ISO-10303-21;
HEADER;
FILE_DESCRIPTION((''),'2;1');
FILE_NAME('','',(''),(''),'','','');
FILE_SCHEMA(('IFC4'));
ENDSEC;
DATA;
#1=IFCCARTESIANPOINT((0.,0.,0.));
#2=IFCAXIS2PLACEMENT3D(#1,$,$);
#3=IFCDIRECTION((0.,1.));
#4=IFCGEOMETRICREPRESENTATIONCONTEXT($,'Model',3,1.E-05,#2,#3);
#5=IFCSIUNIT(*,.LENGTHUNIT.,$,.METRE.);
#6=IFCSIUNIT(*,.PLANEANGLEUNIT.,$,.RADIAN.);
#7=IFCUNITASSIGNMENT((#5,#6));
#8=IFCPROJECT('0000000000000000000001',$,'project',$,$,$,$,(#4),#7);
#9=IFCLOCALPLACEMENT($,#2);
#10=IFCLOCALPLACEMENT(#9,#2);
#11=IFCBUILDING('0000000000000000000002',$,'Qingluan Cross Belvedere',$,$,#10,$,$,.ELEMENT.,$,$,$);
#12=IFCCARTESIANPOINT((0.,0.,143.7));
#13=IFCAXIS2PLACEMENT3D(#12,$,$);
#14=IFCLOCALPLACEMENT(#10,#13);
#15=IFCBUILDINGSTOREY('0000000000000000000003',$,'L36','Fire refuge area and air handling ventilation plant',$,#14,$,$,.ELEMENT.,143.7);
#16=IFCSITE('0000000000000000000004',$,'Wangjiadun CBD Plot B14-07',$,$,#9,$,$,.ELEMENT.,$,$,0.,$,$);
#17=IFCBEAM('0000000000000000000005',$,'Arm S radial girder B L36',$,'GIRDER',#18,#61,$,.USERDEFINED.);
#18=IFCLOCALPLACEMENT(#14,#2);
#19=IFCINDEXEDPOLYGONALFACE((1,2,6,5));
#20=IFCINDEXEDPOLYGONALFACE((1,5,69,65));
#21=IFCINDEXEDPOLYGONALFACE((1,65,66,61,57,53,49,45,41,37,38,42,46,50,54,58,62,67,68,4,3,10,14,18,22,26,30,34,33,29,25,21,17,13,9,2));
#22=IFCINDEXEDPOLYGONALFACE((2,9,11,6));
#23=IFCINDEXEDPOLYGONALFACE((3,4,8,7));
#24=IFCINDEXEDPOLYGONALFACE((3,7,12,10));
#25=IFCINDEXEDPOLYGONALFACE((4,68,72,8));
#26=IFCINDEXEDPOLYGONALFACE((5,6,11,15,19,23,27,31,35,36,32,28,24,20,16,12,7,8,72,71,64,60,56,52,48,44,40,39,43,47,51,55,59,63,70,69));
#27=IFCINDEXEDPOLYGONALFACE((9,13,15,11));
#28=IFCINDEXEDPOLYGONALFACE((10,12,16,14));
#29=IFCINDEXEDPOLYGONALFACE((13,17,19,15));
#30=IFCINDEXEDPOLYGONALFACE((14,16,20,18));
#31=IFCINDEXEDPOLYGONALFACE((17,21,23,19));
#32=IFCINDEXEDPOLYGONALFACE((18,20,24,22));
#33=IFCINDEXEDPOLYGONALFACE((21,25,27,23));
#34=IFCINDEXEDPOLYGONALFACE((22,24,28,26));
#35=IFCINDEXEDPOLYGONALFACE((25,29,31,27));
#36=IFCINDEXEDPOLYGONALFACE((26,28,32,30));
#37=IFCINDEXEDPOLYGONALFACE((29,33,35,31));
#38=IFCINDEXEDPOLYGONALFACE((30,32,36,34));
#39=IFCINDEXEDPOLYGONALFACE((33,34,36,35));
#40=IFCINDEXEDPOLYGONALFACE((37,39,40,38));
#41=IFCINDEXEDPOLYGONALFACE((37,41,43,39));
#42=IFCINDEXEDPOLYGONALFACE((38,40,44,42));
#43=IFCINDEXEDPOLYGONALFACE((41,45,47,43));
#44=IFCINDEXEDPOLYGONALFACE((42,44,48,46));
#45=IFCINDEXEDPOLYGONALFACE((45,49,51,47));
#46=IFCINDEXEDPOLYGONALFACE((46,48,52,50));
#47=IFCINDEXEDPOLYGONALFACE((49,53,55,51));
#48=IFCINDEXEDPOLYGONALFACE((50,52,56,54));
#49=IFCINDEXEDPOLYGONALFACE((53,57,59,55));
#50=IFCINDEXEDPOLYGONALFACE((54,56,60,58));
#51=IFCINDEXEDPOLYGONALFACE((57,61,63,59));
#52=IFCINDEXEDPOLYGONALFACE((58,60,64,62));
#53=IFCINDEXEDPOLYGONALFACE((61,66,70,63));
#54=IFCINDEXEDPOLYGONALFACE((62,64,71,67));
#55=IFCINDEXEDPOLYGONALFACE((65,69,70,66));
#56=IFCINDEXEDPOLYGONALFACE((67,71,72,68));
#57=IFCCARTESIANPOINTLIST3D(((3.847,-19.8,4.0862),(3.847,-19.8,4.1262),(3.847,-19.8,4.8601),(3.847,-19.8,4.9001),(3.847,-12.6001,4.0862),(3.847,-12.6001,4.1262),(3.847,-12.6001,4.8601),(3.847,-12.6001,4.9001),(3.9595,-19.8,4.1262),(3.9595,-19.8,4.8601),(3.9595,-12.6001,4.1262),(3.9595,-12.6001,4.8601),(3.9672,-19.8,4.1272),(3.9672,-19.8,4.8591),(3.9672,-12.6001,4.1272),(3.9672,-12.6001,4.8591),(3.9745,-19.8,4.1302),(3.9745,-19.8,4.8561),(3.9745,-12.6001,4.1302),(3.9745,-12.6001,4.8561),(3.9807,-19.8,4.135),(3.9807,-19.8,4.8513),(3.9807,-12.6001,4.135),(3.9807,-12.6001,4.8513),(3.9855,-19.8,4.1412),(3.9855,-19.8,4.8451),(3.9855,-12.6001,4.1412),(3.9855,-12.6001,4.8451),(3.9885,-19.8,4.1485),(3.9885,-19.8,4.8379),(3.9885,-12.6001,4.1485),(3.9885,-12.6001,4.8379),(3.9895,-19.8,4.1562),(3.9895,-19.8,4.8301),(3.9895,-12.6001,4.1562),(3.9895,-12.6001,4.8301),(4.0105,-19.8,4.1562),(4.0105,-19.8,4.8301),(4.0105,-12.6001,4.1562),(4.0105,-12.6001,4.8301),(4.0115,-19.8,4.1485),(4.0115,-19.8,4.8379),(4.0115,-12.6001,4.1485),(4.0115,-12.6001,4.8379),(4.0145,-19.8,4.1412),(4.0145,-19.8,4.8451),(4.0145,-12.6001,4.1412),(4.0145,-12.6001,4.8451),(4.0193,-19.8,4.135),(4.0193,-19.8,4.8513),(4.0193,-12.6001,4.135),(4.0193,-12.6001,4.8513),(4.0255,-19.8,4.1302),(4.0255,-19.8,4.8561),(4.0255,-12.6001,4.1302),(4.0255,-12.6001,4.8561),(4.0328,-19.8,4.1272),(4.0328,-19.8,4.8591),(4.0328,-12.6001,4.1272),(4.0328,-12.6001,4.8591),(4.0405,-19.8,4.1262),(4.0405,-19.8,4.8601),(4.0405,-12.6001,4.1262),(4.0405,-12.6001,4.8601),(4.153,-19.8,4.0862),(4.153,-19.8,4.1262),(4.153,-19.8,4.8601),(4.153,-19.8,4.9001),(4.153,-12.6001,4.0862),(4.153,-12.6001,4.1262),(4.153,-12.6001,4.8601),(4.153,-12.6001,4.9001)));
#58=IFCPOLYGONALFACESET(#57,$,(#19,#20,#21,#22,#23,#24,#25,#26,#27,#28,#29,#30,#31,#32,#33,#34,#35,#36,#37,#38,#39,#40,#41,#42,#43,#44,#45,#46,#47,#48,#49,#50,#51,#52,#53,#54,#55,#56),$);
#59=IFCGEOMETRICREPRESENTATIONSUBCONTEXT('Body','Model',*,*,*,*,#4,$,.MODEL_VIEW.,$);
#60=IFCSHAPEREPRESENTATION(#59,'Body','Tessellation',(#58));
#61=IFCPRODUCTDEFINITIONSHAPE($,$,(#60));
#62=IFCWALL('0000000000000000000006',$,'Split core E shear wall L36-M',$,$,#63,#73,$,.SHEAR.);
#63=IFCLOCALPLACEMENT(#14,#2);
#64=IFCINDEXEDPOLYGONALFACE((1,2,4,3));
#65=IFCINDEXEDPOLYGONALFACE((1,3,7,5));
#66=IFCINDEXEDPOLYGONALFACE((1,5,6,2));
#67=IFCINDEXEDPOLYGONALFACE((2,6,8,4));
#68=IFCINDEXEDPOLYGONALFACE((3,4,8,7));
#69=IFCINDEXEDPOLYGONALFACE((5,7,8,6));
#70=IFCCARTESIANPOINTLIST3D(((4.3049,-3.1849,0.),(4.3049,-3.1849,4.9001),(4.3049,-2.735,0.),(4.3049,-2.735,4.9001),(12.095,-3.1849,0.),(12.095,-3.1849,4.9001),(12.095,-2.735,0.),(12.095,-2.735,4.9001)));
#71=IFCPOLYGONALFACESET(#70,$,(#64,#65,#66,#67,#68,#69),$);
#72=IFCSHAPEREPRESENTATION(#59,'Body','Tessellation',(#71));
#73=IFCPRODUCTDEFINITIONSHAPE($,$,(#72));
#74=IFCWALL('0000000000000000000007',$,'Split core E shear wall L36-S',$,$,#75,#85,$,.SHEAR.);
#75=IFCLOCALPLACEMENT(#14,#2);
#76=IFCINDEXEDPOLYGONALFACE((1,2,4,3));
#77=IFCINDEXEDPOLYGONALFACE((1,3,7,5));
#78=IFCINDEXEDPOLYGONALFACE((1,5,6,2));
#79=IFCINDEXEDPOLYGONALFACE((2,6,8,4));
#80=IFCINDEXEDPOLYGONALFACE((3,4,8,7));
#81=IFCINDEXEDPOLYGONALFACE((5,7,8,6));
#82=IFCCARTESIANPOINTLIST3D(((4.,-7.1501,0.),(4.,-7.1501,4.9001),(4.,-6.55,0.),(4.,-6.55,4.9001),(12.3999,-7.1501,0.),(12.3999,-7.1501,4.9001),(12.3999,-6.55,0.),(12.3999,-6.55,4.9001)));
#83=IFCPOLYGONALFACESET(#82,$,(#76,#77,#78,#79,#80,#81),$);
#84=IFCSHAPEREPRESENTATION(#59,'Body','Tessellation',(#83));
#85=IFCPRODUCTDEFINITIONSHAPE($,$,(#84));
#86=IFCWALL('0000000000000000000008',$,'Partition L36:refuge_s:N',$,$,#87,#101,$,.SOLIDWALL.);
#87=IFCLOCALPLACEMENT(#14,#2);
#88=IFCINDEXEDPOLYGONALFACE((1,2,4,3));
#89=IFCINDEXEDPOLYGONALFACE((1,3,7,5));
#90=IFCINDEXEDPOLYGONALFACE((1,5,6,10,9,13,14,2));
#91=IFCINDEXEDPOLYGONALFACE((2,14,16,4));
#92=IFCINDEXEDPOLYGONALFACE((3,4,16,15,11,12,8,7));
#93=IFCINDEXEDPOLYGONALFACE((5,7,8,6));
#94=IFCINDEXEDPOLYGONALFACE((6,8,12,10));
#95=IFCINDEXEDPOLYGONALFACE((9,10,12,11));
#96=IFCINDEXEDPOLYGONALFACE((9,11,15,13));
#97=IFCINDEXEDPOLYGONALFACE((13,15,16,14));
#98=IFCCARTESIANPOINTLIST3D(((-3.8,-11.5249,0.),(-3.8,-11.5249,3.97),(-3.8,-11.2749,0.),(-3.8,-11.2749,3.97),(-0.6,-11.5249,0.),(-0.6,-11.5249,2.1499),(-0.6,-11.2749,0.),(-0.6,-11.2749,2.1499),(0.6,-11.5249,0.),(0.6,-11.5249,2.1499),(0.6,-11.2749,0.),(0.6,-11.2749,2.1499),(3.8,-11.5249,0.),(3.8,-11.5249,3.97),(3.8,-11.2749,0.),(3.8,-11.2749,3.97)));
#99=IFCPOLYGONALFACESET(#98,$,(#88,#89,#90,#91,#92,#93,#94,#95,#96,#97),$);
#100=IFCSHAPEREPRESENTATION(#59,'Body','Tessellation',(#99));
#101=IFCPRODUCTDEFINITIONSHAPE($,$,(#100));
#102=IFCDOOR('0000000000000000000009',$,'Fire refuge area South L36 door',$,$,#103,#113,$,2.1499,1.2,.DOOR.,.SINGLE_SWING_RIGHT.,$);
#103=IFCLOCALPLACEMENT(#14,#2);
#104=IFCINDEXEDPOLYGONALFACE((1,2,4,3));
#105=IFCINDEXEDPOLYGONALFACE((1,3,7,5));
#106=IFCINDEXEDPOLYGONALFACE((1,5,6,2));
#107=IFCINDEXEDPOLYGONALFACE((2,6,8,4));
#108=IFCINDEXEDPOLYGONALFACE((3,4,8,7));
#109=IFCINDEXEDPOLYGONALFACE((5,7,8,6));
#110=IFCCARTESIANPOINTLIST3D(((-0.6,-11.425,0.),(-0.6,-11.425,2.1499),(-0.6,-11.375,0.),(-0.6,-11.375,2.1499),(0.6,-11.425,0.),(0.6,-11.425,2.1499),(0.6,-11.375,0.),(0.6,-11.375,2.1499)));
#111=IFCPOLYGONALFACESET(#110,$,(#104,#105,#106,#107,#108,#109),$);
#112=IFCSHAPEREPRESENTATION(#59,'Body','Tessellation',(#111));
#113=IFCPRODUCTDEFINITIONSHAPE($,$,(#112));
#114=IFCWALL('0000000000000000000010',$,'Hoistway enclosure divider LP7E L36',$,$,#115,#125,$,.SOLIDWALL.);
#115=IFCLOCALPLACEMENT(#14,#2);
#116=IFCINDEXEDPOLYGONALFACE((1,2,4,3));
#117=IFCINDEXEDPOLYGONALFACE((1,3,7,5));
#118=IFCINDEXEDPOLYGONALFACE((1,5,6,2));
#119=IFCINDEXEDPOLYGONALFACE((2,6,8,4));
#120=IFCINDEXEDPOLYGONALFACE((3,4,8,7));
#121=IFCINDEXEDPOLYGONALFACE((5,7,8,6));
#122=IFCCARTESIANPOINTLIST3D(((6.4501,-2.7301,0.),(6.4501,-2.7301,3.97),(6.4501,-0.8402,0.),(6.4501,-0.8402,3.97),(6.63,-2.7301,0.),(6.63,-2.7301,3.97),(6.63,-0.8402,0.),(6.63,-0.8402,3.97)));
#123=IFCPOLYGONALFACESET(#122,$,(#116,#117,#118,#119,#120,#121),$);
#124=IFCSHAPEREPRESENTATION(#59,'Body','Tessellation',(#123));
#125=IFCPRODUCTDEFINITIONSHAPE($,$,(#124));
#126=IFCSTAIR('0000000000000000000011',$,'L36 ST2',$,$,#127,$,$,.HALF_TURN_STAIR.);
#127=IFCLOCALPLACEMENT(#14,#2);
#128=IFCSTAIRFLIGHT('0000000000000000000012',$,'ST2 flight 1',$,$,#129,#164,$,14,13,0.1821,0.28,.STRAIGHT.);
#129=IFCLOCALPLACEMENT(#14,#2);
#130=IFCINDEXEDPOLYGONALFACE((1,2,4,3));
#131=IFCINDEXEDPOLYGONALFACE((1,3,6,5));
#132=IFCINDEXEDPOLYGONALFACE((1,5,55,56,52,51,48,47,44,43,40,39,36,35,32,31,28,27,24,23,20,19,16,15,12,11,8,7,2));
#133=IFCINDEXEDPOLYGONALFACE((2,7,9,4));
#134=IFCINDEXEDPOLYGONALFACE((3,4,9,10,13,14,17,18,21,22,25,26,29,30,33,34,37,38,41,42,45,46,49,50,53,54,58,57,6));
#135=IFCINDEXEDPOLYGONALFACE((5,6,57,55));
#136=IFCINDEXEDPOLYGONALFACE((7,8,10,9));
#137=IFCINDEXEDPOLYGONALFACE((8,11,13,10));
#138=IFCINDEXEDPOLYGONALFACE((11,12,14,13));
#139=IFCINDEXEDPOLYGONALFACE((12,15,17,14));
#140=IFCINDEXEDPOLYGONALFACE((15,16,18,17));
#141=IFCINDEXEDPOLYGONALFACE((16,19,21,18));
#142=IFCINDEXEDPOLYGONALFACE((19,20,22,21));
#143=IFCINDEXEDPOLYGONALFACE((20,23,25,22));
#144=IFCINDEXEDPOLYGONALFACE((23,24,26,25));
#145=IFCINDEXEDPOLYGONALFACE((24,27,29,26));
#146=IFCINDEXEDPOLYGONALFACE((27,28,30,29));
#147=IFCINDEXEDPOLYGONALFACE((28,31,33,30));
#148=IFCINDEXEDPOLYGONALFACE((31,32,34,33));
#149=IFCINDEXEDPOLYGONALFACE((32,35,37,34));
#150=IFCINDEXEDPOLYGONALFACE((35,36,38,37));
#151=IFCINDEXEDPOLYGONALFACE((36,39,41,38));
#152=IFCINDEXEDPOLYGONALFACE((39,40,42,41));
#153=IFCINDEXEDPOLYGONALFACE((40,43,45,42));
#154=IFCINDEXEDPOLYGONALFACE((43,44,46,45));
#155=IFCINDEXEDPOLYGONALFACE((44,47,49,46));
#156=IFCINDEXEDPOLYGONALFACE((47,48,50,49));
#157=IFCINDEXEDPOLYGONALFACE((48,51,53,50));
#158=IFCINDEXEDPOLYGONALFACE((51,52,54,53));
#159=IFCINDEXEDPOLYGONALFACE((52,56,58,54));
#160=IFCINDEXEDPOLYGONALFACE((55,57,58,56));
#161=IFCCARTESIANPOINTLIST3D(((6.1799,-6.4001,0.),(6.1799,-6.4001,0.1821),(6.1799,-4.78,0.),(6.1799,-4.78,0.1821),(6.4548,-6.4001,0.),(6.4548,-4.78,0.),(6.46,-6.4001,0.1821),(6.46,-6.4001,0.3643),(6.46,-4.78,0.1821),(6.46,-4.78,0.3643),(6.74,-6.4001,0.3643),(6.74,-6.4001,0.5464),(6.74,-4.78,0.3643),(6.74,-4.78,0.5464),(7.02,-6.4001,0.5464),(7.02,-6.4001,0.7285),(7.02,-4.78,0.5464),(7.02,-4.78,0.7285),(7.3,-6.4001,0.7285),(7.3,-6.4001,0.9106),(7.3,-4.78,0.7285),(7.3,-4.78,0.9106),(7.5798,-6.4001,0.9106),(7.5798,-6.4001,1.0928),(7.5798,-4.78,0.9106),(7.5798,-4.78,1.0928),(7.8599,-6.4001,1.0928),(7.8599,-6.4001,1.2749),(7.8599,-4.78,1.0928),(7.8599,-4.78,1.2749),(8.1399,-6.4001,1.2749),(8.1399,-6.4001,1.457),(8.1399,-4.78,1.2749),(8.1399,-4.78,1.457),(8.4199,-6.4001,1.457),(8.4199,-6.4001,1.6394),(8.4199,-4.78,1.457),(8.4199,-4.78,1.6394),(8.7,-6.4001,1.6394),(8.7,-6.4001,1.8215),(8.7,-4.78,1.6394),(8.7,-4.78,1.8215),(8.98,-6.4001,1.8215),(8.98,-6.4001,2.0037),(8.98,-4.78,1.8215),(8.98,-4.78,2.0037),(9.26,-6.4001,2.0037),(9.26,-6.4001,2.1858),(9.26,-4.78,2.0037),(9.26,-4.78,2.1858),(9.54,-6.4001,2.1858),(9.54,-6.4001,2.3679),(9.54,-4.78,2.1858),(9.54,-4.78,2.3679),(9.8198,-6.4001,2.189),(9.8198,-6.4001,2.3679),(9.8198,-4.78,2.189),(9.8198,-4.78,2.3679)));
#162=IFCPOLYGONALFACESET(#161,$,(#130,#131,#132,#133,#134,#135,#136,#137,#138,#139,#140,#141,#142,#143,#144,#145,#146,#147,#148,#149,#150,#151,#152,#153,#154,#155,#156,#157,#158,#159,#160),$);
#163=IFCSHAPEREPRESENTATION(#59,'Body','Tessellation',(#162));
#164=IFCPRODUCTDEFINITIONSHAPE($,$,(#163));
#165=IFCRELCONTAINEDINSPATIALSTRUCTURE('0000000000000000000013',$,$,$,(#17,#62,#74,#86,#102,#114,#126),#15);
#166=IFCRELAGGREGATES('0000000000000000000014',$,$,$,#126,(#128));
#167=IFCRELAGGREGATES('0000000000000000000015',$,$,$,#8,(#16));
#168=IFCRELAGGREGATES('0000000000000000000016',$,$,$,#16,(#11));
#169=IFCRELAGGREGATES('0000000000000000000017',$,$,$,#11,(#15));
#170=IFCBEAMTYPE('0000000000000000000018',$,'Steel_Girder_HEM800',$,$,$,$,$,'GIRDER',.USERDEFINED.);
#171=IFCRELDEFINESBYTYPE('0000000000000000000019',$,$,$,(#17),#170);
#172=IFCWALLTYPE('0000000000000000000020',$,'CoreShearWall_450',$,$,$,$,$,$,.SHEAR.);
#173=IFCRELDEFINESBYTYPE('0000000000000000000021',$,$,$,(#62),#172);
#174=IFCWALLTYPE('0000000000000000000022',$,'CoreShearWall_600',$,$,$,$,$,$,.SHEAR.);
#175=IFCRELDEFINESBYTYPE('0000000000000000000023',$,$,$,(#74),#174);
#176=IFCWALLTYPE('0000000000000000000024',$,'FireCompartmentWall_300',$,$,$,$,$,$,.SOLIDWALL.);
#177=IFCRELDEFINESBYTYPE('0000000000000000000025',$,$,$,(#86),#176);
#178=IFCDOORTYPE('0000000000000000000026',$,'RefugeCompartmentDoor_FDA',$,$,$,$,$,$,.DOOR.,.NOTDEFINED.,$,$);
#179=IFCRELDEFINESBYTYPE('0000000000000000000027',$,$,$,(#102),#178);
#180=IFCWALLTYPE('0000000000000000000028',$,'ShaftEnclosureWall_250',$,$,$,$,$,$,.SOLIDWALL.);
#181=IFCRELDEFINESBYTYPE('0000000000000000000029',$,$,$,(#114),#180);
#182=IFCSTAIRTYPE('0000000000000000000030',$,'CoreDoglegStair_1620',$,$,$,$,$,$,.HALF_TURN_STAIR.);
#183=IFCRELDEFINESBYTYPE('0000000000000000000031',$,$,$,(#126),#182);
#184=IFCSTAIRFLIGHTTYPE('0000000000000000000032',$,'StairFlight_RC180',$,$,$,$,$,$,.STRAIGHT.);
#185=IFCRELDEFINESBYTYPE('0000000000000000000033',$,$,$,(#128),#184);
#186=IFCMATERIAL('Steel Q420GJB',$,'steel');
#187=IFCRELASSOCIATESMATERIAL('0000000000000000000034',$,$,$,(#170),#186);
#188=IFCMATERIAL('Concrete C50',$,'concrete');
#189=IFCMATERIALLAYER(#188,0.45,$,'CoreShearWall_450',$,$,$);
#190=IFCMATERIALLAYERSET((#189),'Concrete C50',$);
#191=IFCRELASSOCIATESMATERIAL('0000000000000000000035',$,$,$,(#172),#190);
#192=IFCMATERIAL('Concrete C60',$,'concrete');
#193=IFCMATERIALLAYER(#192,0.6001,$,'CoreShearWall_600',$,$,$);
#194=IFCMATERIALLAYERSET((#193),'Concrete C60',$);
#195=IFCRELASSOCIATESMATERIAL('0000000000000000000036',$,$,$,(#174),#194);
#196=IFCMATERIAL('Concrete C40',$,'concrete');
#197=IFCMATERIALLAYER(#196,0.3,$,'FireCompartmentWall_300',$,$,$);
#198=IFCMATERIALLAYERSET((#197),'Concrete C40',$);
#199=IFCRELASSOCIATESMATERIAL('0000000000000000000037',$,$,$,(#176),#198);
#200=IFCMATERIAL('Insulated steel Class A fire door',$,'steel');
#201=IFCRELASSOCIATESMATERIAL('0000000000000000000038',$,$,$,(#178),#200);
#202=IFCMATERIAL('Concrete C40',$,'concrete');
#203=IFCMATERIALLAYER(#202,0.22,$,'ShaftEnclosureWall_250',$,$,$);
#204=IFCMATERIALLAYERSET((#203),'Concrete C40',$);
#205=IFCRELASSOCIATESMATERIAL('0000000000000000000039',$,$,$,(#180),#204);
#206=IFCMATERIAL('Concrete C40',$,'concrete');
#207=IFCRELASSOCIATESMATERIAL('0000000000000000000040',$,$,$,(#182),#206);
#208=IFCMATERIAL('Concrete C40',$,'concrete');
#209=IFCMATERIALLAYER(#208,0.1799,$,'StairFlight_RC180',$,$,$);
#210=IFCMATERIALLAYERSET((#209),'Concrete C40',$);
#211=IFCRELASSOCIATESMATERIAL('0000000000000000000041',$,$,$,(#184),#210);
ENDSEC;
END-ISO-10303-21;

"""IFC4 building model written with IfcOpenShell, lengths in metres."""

from ifc_helpers import new_model, si_unit, direction, frame, frame_2d, origin, origin_2d, place, context, subcontext, project, spatial, polyline, rectangle, i_section, outline, extrude, material, layer, layer_set, material_profile, profile_set, type_object, element, fill, aggregate, save


model = new_model("IFC4")

# Units and contexts
model_context = context("Model", 3, precision=1e-05, world=origin(), true_north=direction((0.0, 1.0)))
body_context = subcontext(model_context, "Body", "Model", "MODEL_VIEW")
ifc_project = project(units=[si_unit("LENGTHUNIT", "METRE"), si_unit("PLANEANGLEUNIT", "RADIAN")], contexts=[model_context])

# Site, building, storey
site_placement = place(None, origin())
site = spatial("IfcSite", under=ifc_project, at=site_placement, Name="Wangjiadun CBD Plot B14-07", CompositionType="ELEMENT", RefElevation=0.0)
building_placement = place(site_placement, origin())
building = spatial("IfcBuilding", under=site, at=building_placement, Name="Qingluan Cross Belvedere", CompositionType="ELEMENT")
storey_placement = place(building_placement, frame((0.0, 0.0, 143.7)))
storey = spatial("IfcBuildingStorey", under=building, at=storey_placement, Name="L36", Description="Fire refuge area and air handling ventilation plant", CompositionType="ELEMENT", Elevation=143.7)

# Beam
ifc_material_1 = material(Name="Steel Q420GJB", Category="steel")
ifc_material_profile_1 = material_profile(ifc_material_1, i_section(OverallWidth=0.3059, OverallDepth=0.814, WebThickness=0.021, FlangeThickness=0.04, FilletRadius=0.03, at=origin_2d()), Name="HEM800")
ifc_profile_set_1 = profile_set([ifc_material_profile_1], Name="Steel Q420GJB")
beam_type_1 = type_object("IfcBeamType", Name="Steel_Girder_HEM800", ElementType="GIRDER", PredefinedType="USERDEFINED", material=ifc_profile_set_1)
beam_1_placement = place(storey_placement, frame((4.0, -12.6001, 4.4932), z_axis=(0.0, -1.0, 0.0), x_axis=(1.0, 0.0, 0.0)))
element("IfcBeam", 1, at=beam_1_placement, inside=storey, type_object=beam_type_1, Name="Arm S radial girder B L36", ObjectType="GIRDER", PredefinedType="USERDEFINED", context=body_context, shape_type="SweptSolid", body=[
    extrude(i_section(OverallWidth=0.3059, OverallDepth=0.814, WebThickness=0.021, FlangeThickness=0.04, FilletRadius=0.03, at=origin_2d()), origin(), (0.0, 0.0, 1.0), 7.2),
])

# Wall
ifc_material_2 = material(Name="Concrete C50", Category="concrete")
ifc_layer_1 = layer(ifc_material_2, 0.45, Name="CoreShearWall_450")
ifc_layer_set_1 = layer_set([ifc_layer_1], Name="Concrete C50")
wall_type_1 = type_object("IfcWallType", Name="CoreShearWall_450", PredefinedType="SHEAR", material=ifc_layer_set_1)
wall_1_placement = place(storey_placement, frame((4.3049, -2.96, 0.0), z_axis=(0.0, 0.0, 1.0), x_axis=(1.0, 0.0, 0.0)))
element("IfcWall", 2, at=wall_1_placement, inside=storey, type_object=wall_type_1, Name="Split core E shear wall L36-M", PredefinedType="SHEAR", context=body_context, shape_type="SweptSolid", body=[
    extrude(rectangle(XDim=7.79, YDim=0.45, at=frame_2d((3.895, 0.0))), origin(), (0.0, 0.0, 1.0), 4.9001),
])

# Shared definitions
ifc_material_3 = material(Name="Concrete C60", Category="concrete")
ifc_layer_2 = layer(ifc_material_3, 0.6001, Name="CoreShearWall_600")
ifc_layer_set_2 = layer_set([ifc_layer_2], Name="Concrete C60")
wall_type_2 = type_object("IfcWallType", Name="CoreShearWall_600", PredefinedType="SHEAR", material=ifc_layer_set_2)

# Wall
wall_2_placement = place(storey_placement, frame((4.0, -6.8501, 0.0), z_axis=(0.0, 0.0, 1.0), x_axis=(1.0, 0.0, 0.0)))
element("IfcWall", 3, at=wall_2_placement, inside=storey, type_object=wall_type_2, Name="Split core E shear wall L36-S", PredefinedType="SHEAR", context=body_context, shape_type="SweptSolid", body=[
    extrude(rectangle(XDim=8.3999, YDim=0.6001, at=frame_2d((4.2, 0.0))), origin(), (0.0, 0.0, 1.0), 4.9001),
])

# Wall, opening, door
ifc_material_4 = material(Name="Concrete C40", Category="concrete")
ifc_layer_3 = layer(ifc_material_4, 0.3, Name="FireCompartmentWall_300")
ifc_layer_set_3 = layer_set([ifc_layer_3], Name="Concrete C40")
wall_type_3 = type_object("IfcWallType", Name="FireCompartmentWall_300", PredefinedType="SOLIDWALL", material=ifc_layer_set_3)
wall_3_placement = place(storey_placement, frame((-3.8, -11.3999, 0.0), z_axis=(0.0, 0.0, 1.0), x_axis=(1.0, 0.0, 0.0)))
wall_3 = element("IfcWall", 4, at=wall_3_placement, inside=storey, type_object=wall_type_3, Name="Partition L36:refuge_s:N", PredefinedType="SOLIDWALL", context=body_context, shape_type="SweptSolid", body=[
    extrude(rectangle(XDim=7.6001, YDim=0.25, at=frame_2d((3.8, 0.0))), origin(), (0.0, 0.0, 1.0), 3.97),
])
opening_1_placement = place(wall_3_placement, frame((3.2, 0.0, 0.0)))
opening_1 = element("IfcOpeningElement", 5, at=opening_1_placement, cuts=wall_3, PredefinedType="OPENING", context=body_context, shape_type="SweptSolid", body=[
    extrude(rectangle(XDim=1.2, YDim=2.1499, at=frame_2d((0.6001, 1.075))), frame((0.0, 0.135, 0.0), z_axis=(0.0, -1.0, 0.0), x_axis=(1.0, 0.0, 0.0)), (0.0, 0.0, 1.0), 0.27),
])
ifc_material_5 = material(Name="Insulated steel Class A fire door", Category="steel")
door_type_1 = type_object("IfcDoorType", Name="RefugeCompartmentDoor_FDA", OperationType="NOTDEFINED", PredefinedType="DOOR", material=ifc_material_5)
door_1_placement = place(opening_1_placement, origin())
door_1 = element("IfcDoor", 6, at=door_1_placement, inside=storey, type_object=door_type_1, Name="Fire refuge area South L36 door", OperationType="SINGLE_SWING_RIGHT", OverallHeight=2.1499, OverallWidth=1.2, PredefinedType="DOOR", context=body_context, shape_type="SweptSolid", body=[
    extrude(rectangle(XDim=1.2, YDim=2.1499, at=frame_2d((0.6001, 1.075))), frame((0.0, 0.0249, 0.0), z_axis=(0.0, -1.0, 0.0), x_axis=(1.0, 0.0, 0.0)), (0.0, 0.0, 1.0), 0.05),
])
fill(opening_1, door_1)

# Wall
ifc_material_6 = material(Name="Concrete C40", Category="concrete")
ifc_layer_4 = layer(ifc_material_6, 0.22, Name="ShaftEnclosureWall_250")
ifc_layer_set_4 = layer_set([ifc_layer_4], Name="Concrete C40")
wall_type_4 = type_object("IfcWallType", Name="ShaftEnclosureWall_250", PredefinedType="SOLIDWALL", material=ifc_layer_set_4)
wall_4_placement = place(storey_placement, frame((6.54, -2.73, 0.0), z_axis=(0.0, 0.0, 1.0), x_axis=(0.0, 1.0, 0.0)))
element("IfcWall", 7, at=wall_4_placement, inside=storey, type_object=wall_type_4, Name="Hoistway enclosure divider LP7E L36", PredefinedType="SOLIDWALL", context=body_context, shape_type="SweptSolid", body=[
    extrude(rectangle(XDim=1.8899, YDim=0.1799, at=frame_2d((0.9448, 0.0))), origin(), (0.0, 0.0, 1.0), 3.97),
])

# Stair, stair flight
ifc_material_7 = material(Name="Concrete C40", Category="concrete")
stair_type = type_object("IfcStairType", Name="CoreDoglegStair_1620", PredefinedType="HALF_TURN_STAIR", material=ifc_material_7)
stair_placement = place(storey_placement, origin())
stair = element("IfcStair", 8, at=stair_placement, inside=storey, type_object=stair_type, Name="L36 ST2", PredefinedType="HALF_TURN_STAIR")
ifc_material_8 = material(Name="Concrete C40", Category="concrete")
ifc_layer_5 = layer(ifc_material_8, 0.1799, Name="StairFlight_RC180")
ifc_layer_set_5 = layer_set([ifc_layer_5], Name="Concrete C40")
stair_flight_type = type_object("IfcStairFlightType", Name="StairFlight_RC180", PredefinedType="STRAIGHT", material=ifc_layer_set_5)
stair_flight_placement = place(storey_placement, frame((6.1799, -5.5901, 0.0), z_axis=(0.0, 0.0, 1.0), x_axis=(1.0, 0.0, 0.0)))
stair_flight = element("IfcStairFlight", 9, at=stair_flight_placement, type_object=stair_flight_type, Name="ST2 flight 1", NumberOfRisers=14, NumberOfTreads=13, PredefinedType="STRAIGHT", RiserHeight=0.1821, TreadLength=0.28, context=body_context, shape_type="SweptSolid", body=[
    extrude(outline(polyline([(0.0, 0.0), (0.0, 0.1821), (0.28, 0.1821), (0.28, 0.3643), (0.5601, 0.3643), (0.5601, 0.5464), (0.8401, 0.5464), (0.8401, 0.7285), (1.1201, 0.7285), (1.1201, 0.9106), (1.3999, 0.9106), (1.3999, 1.0928), (1.6799, 1.0928), (1.6799, 1.2749), (1.96, 1.2749), (1.96, 1.457), (2.24, 1.457), (2.24, 1.6394), (2.52, 1.6394), (2.52, 1.8215), (2.8, 1.8215), (2.8, 2.0037), (3.0801, 2.0037), (3.0801, 2.1858), (3.3601, 2.1858), (3.3601, 2.3679), (3.6399, 2.3679), (3.6399, 2.55), (3.6399, 2.189), (0.2749, 0.0), (0.0, 0.0)])), frame((0.0, 0.8101, 0.0), z_axis=(0.0, -1.0, 0.0), x_axis=(1.0, 0.0, 0.0)), (0.0, 0.0, 1.0), 1.6201),
])
aggregate(stair, [stair_flight])

save(model, "model.ifc")
